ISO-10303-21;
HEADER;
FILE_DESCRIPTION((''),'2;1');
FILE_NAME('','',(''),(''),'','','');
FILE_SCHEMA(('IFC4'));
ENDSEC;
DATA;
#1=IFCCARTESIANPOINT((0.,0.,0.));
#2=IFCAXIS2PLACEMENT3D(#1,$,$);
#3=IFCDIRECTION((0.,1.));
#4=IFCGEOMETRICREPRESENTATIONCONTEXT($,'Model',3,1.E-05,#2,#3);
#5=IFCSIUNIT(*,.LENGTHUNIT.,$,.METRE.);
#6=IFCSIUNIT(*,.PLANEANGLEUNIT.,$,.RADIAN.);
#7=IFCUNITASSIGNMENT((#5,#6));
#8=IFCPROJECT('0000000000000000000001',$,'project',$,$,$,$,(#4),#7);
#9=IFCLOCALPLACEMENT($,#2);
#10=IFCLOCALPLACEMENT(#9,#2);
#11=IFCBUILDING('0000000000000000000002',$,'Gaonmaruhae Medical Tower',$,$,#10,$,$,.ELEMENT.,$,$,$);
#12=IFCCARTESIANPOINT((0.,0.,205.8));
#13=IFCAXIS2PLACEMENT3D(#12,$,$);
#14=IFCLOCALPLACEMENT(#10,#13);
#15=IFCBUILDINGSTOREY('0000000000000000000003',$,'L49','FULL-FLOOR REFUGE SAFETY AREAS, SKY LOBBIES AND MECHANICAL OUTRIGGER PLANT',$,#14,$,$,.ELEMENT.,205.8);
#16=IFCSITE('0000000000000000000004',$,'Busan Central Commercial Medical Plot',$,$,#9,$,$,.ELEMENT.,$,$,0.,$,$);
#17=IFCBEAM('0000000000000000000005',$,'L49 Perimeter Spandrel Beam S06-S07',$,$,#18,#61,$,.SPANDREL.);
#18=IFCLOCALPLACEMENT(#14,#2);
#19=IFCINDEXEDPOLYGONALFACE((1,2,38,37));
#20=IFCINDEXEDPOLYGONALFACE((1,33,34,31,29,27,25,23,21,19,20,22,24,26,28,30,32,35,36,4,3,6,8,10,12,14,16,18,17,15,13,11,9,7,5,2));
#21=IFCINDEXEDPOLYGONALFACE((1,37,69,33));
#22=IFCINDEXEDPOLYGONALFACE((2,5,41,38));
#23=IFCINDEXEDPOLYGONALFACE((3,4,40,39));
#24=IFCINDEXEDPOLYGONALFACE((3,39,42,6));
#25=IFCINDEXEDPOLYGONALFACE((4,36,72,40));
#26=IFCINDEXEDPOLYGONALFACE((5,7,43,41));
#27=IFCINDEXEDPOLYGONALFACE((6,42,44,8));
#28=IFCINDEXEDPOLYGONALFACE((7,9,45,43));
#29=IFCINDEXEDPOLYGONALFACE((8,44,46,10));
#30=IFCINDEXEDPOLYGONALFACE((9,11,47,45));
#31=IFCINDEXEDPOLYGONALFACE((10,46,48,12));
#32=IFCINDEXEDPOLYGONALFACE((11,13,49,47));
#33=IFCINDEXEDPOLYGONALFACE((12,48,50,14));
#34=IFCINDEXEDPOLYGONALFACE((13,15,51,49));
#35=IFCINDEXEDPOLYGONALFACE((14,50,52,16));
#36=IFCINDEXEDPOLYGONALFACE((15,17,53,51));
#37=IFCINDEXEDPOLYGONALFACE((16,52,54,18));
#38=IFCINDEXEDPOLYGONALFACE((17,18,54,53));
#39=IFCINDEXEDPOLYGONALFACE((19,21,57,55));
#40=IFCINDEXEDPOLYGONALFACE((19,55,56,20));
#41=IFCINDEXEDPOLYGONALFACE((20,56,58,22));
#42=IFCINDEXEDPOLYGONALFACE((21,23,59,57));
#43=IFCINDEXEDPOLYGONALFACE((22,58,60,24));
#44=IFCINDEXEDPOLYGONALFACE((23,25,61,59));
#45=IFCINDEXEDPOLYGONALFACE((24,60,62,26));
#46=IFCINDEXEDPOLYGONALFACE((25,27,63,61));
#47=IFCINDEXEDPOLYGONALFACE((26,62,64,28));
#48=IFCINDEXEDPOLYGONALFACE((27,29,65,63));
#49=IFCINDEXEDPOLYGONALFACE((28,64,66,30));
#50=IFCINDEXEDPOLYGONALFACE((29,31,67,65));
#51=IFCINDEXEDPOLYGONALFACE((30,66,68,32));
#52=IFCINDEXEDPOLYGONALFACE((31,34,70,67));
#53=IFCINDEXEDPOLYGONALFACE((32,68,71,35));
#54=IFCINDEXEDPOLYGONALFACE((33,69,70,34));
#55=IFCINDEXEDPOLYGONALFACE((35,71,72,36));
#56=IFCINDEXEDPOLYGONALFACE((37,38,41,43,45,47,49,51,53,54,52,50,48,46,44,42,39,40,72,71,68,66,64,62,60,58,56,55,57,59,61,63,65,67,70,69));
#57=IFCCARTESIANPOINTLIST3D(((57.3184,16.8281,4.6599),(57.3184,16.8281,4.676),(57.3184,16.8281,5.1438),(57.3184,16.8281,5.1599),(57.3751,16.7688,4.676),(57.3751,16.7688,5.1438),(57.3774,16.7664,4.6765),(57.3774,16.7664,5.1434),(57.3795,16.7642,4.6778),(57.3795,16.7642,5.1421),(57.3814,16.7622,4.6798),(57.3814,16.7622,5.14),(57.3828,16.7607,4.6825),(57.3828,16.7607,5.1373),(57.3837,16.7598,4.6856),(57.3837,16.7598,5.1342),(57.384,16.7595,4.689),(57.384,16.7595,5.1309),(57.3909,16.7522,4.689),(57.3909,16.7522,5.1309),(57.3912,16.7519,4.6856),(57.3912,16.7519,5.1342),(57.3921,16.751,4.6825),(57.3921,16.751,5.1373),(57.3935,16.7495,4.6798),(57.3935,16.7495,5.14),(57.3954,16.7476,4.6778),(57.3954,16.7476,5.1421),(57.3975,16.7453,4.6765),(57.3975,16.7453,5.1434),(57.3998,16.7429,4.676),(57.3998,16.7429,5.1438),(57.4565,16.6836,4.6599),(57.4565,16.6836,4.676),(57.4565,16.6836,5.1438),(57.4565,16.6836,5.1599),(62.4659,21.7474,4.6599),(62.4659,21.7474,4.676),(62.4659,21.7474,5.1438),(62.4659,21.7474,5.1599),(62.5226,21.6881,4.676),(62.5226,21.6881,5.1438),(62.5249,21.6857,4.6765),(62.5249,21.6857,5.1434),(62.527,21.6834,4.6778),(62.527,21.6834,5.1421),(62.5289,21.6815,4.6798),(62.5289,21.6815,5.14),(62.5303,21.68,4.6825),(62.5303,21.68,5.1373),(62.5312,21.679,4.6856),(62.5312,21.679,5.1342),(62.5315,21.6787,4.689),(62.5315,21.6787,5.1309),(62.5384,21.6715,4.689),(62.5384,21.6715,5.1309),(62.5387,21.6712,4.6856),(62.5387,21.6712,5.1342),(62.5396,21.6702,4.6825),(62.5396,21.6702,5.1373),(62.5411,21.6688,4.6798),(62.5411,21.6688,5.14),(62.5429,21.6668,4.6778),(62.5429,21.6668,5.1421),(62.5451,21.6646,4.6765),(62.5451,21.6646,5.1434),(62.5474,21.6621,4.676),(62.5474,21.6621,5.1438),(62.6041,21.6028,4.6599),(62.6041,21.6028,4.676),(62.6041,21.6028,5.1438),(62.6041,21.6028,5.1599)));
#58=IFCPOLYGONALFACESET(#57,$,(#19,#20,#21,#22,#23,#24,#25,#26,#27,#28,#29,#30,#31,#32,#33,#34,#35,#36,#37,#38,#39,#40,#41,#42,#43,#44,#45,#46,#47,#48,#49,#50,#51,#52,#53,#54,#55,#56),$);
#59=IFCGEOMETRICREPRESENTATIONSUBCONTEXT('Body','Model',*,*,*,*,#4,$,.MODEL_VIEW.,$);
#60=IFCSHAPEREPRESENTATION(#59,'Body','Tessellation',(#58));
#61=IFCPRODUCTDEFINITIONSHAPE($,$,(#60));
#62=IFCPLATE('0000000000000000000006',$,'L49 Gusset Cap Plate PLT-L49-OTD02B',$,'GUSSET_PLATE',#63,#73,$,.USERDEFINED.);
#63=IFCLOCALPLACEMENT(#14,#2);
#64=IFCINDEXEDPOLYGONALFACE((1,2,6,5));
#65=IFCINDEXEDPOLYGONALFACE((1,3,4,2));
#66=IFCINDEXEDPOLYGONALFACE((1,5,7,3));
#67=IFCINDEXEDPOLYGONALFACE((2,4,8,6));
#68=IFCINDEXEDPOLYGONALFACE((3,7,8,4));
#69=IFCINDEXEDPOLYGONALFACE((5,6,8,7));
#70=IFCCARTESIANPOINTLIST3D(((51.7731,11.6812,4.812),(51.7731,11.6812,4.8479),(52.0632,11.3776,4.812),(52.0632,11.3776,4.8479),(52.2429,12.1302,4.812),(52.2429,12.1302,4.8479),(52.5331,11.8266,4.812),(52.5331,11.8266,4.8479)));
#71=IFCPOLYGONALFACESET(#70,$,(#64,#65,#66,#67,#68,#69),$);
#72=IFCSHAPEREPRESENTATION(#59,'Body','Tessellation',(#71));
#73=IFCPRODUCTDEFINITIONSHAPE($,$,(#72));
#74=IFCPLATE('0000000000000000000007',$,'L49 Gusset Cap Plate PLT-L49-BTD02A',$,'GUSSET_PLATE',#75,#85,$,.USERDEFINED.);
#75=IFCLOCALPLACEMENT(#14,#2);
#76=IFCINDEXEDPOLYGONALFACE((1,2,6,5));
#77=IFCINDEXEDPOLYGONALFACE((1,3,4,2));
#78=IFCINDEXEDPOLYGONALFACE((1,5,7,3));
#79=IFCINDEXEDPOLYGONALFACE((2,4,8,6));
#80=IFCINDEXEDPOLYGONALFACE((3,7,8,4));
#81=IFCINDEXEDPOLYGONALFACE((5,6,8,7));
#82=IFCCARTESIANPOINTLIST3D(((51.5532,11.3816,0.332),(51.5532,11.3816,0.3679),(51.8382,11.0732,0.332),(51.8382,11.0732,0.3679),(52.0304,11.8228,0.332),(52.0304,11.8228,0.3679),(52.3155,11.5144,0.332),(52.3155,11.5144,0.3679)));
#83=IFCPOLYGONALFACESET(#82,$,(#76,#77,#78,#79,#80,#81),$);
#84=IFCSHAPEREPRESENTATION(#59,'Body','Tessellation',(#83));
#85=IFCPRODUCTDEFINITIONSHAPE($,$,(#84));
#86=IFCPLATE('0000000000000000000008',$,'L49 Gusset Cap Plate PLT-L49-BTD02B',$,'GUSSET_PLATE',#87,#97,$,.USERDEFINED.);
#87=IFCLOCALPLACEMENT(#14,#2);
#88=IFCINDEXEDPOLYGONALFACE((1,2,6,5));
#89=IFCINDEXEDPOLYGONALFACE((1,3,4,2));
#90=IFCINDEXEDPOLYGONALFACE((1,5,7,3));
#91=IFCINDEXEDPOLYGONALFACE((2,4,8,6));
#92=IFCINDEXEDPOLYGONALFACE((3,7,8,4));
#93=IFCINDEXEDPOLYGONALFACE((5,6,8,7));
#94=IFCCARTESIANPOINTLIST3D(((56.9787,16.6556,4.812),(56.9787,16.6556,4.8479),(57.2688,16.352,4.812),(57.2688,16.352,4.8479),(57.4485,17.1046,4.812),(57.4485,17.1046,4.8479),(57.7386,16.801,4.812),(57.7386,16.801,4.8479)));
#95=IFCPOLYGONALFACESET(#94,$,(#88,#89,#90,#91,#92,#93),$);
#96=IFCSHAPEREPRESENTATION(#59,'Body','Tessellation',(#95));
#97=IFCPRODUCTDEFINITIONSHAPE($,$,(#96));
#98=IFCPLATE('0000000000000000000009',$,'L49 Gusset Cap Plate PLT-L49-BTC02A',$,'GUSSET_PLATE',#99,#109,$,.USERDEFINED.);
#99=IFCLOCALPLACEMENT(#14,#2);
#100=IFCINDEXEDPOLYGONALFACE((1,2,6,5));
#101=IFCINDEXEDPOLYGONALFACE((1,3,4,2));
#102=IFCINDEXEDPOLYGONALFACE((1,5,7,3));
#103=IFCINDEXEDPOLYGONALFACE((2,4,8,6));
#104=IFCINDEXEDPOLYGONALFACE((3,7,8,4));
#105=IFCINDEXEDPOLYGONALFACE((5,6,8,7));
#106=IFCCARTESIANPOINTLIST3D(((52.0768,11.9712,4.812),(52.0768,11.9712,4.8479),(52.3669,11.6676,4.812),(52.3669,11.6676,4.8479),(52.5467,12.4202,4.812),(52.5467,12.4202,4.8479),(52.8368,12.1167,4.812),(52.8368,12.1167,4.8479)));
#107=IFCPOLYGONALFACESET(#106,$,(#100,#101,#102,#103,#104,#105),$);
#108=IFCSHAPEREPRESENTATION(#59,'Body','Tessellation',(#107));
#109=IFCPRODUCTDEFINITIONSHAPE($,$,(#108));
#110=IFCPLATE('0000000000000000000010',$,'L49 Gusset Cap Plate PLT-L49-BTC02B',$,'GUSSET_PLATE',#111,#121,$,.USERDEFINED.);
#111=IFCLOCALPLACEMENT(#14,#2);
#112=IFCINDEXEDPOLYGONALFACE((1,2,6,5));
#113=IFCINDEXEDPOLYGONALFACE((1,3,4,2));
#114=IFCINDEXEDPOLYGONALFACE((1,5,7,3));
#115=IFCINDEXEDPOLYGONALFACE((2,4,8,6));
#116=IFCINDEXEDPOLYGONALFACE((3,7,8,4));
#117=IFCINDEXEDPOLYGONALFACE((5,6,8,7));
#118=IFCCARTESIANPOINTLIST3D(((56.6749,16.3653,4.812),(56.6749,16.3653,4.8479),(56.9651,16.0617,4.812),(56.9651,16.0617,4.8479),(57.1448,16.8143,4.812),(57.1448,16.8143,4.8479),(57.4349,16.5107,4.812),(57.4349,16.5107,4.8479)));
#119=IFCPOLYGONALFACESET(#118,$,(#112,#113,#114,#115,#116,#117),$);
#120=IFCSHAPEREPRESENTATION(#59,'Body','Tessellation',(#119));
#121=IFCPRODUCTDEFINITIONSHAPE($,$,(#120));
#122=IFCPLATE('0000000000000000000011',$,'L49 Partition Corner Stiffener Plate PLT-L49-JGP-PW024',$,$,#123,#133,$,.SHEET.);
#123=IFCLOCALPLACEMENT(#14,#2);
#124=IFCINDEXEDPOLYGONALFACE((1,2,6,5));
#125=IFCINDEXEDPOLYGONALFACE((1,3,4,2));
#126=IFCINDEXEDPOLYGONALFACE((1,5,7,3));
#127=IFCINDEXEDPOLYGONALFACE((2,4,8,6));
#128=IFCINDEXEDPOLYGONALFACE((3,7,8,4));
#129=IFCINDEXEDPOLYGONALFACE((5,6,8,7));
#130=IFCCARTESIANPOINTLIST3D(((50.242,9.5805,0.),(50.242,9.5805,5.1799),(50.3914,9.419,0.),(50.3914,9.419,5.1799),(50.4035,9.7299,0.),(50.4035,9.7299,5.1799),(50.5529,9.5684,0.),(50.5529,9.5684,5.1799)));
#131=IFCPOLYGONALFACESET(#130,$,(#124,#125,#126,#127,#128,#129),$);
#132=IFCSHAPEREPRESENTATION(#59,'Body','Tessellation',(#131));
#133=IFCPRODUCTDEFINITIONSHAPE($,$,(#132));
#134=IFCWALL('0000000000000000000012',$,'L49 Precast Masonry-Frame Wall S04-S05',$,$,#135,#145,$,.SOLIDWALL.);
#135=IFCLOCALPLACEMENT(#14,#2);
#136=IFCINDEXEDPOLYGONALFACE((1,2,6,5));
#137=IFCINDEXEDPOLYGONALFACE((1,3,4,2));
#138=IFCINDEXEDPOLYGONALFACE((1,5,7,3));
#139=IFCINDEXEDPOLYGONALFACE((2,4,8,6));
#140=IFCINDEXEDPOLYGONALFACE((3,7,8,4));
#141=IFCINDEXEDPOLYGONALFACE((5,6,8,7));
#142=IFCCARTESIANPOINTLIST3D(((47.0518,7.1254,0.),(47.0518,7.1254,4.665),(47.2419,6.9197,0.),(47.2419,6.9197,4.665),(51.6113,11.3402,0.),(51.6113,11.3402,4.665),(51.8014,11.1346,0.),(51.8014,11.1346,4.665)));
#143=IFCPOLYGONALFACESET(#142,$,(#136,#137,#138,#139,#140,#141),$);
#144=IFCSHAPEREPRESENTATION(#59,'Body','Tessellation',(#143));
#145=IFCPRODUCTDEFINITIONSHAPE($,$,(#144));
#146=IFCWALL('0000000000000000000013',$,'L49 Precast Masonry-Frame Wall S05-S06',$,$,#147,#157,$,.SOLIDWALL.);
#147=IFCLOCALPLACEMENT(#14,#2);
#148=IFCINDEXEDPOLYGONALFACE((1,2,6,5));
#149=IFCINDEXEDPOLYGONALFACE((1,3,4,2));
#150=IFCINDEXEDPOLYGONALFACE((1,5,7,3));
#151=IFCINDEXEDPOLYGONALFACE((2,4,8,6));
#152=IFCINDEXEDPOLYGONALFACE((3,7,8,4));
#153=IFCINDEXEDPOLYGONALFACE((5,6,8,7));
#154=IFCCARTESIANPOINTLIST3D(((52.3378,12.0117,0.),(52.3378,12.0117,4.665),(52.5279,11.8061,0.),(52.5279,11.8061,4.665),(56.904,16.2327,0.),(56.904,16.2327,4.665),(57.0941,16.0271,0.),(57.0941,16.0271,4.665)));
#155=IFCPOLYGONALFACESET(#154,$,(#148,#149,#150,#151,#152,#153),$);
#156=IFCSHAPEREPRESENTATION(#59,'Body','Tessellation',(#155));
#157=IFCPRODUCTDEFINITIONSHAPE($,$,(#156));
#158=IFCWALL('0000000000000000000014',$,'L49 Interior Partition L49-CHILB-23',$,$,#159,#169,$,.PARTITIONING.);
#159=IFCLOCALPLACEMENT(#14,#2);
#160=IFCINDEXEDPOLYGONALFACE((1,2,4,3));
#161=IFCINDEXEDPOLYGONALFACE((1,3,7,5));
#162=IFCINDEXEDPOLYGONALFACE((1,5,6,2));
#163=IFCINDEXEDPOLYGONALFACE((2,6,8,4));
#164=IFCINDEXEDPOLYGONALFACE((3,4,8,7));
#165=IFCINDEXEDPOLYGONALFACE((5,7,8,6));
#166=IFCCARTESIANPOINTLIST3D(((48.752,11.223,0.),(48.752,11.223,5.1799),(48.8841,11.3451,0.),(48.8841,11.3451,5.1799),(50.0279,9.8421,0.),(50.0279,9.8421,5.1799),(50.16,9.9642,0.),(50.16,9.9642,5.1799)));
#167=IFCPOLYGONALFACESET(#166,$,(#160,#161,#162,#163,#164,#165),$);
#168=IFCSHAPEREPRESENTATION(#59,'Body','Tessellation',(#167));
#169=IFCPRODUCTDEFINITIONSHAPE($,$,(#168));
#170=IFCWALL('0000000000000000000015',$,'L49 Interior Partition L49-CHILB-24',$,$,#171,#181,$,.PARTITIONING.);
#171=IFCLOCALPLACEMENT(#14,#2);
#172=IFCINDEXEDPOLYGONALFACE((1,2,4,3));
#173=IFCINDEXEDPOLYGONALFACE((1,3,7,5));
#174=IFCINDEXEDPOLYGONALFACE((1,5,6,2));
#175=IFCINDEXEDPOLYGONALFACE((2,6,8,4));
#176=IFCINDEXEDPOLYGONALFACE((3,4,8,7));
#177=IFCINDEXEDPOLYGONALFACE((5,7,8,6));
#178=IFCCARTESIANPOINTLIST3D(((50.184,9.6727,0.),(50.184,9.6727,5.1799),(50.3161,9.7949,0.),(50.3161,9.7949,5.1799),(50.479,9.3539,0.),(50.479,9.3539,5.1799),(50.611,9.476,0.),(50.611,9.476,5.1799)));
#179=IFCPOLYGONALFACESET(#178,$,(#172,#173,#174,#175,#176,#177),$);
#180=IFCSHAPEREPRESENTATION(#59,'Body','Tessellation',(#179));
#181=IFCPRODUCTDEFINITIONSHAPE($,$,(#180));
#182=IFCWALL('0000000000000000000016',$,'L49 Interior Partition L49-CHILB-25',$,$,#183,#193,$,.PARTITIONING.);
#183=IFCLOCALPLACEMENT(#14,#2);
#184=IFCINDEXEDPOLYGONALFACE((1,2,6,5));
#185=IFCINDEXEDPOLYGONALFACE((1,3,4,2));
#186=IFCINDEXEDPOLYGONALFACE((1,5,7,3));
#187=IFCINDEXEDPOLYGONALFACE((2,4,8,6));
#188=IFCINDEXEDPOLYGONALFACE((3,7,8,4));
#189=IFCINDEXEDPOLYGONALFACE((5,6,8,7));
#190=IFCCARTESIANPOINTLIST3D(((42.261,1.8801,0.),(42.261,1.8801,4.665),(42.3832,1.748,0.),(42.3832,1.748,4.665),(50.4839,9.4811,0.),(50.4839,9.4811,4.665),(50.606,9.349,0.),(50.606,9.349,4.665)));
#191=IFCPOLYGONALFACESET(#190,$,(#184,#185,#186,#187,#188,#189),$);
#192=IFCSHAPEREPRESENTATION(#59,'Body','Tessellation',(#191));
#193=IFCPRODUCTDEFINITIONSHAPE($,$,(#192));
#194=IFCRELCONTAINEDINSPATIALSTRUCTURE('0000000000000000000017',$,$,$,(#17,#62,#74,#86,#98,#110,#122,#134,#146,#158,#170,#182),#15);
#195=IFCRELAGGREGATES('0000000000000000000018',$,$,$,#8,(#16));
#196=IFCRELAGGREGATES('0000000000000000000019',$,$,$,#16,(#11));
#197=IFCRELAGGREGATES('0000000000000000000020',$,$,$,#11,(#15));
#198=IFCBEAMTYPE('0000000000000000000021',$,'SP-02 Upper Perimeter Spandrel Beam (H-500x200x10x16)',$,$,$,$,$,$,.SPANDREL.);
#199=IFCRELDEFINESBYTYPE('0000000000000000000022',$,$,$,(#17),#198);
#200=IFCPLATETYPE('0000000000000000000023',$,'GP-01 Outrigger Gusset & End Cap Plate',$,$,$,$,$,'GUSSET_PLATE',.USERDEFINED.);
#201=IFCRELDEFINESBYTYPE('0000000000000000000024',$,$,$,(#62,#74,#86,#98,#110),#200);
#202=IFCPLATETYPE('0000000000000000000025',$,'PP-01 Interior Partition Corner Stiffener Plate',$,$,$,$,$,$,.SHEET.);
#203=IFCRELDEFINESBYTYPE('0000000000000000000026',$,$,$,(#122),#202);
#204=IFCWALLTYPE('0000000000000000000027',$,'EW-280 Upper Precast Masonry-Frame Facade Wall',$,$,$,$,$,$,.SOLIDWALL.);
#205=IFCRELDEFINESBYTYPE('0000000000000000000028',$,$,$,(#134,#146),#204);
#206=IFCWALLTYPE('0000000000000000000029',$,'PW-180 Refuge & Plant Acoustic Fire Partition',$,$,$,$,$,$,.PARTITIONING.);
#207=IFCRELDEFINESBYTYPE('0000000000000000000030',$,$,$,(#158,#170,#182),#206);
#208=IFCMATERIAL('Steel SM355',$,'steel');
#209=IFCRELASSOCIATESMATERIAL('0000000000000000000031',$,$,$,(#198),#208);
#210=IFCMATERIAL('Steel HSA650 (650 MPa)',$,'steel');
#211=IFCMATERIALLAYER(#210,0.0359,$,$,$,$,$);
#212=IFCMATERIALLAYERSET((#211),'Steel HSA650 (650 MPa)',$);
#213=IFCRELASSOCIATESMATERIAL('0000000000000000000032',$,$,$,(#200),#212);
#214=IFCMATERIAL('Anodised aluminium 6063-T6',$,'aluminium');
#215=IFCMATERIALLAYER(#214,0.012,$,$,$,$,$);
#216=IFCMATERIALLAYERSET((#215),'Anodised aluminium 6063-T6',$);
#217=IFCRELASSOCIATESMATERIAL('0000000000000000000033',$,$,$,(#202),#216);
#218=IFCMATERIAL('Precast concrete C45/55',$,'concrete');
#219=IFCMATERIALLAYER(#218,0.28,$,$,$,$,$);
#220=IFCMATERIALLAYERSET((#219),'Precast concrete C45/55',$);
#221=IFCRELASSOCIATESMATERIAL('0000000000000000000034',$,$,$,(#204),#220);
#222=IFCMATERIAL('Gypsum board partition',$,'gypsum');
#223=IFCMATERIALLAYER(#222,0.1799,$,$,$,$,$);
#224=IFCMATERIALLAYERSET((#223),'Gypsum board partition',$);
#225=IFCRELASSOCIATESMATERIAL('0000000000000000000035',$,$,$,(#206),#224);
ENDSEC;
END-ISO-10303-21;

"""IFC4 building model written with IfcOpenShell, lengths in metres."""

from ifc_helpers import new_model, si_unit, direction, frame, frame_2d, origin, origin_2d, place, context, subcontext, project, spatial, rectangle, i_section, extrude, material, layer, layer_set, material_profile, profile_set, type_object, element, save


model = new_model("IFC4")

# Units and contexts
model_context = context("Model", 3, precision=1e-05, world=origin(), true_north=direction((0.0, 1.0)))
body_context = subcontext(model_context, "Body", "Model", "MODEL_VIEW")
ifc_project = project(units=[si_unit("LENGTHUNIT", "METRE"), si_unit("PLANEANGLEUNIT", "RADIAN")], contexts=[model_context])

# Site, building, storey
site_placement = place(None, origin())
site = spatial("IfcSite", under=ifc_project, at=site_placement, Name="Busan Central Commercial Medical Plot", CompositionType="ELEMENT", RefElevation=0.0)
building_placement = place(site_placement, origin())
building = spatial("IfcBuilding", under=site, at=building_placement, Name="Gaonmaruhae Medical Tower", CompositionType="ELEMENT")
storey_placement = place(building_placement, frame((0.0, 0.0, 205.8)))
storey = spatial("IfcBuildingStorey", under=building, at=storey_placement, Name="L49", Description="FULL-FLOOR REFUGE SAFETY AREAS, SKY LOBBIES AND MECHANICAL OUTRIGGER PLANT", CompositionType="ELEMENT", Elevation=205.8)

# Shared definitions
ifc_material_1 = material(Name="Steel HSA650 (650 MPa)", Category="steel")

# Beam
ifc_material_2 = material(Name="Steel SM355", Category="steel")
ifc_material_profile_1 = material_profile(ifc_material_2, i_section(OverallWidth=0.2, OverallDepth=0.5, WebThickness=0.01, FlangeThickness=0.0161, FilletRadius=0.0129, at=origin_2d()), Name="H-500x200x10x16")
ifc_profile_set_1 = profile_set([ifc_material_profile_1], Name="Steel SM355")
beam_type = type_object("IfcBeamType", Name="SP-02 Upper Perimeter Spandrel Beam (H-500x200x10x16)", PredefinedType="SPANDREL", material=ifc_profile_set_1)
for number, where, z_axis, x_axis, name in (
    (1, (57.3875, 16.7559, 4.9099), (0.722955, 0.690895, 0.0), (-0.690895, 0.722955, 0.0), "L49 Perimeter Spandrel Beam S06-S07"),
):
    element("IfcBeam", number, at=place(storey_placement, frame(where, z_axis=z_axis, x_axis=x_axis)), inside=storey, type_object=beam_type, Name=name, PredefinedType="SPANDREL", context=body_context, shape_type="SweptSolid", body=[
        extrude(i_section(OverallWidth=0.2, OverallDepth=0.5, WebThickness=0.01, FlangeThickness=0.0161, FilletRadius=0.0129, at=origin_2d()), origin(), (0.0, 0.0, 1.0), 7.1201),
    ])

# Plates
ifc_layer_1 = layer(ifc_material_1, 0.0359)
ifc_layer_set_1 = layer_set([ifc_layer_1], Name="Steel HSA650 (650 MPa)")
plate_type_1 = type_object("IfcPlateType", Name="GP-01 Outrigger Gusset & End Cap Plate", ElementType="GUSSET_PLATE", PredefinedType="USERDEFINED", material=ifc_layer_set_1)
for number, where, z_axis, x_axis, name in (
    (2, (52.1531, 11.7539, 4.812), (0.0, 0.0, 1.0), (0.722967, 0.690882, 0.0), "L49 Gusset Cap Plate PLT-L49-OTD02B"),
    (3, (51.9343, 11.448, 0.332), (0.0, 0.0, 1.0), (0.734323, 0.678801, 0.0), "L49 Gusset Cap Plate PLT-L49-BTD02A"),
    (4, (57.3586, 16.7283, 4.812), (0.0, 0.0, 1.0), (0.722967, 0.690882, 0.0), "L49 Gusset Cap Plate PLT-L49-BTD02B"),
    (5, (52.4568, 12.0439, 4.812), (0.0, 0.0, 1.0), (0.722967, 0.690882, 0.0), "L49 Gusset Cap Plate PLT-L49-BTC02A"),
    (6, (57.0549, 16.438, 4.812), (0.0, 0.0, 1.0), (0.722967, 0.690882, 0.0), "L49 Gusset Cap Plate PLT-L49-BTC02B"),
):
    element("IfcPlate", number, at=place(storey_placement, frame(where, z_axis=z_axis, x_axis=x_axis)), inside=storey, type_object=plate_type_1, Name=name, ObjectType="GUSSET_PLATE", PredefinedType="USERDEFINED", context=body_context, shape_type="SweptSolid", body=[
        extrude(rectangle(XDim=0.6499, YDim=0.4199, at=origin_2d()), origin(), (0.0, 0.0, 1.0), 0.0359),
    ])
ifc_material_3 = material(Name="Anodised aluminium 6063-T6", Category="aluminium")
ifc_layer_2 = layer(ifc_material_3, 0.012)
ifc_layer_set_2 = layer_set([ifc_layer_2], Name="Anodised aluminium 6063-T6")
plate_type_2 = type_object("IfcPlateType", Name="PP-01 Interior Partition Corner Stiffener Plate", PredefinedType="SHEET", material=ifc_layer_set_2)
plate_placement = place(storey_placement, frame((50.3975, 9.5745, 0.0), z_axis=(0.0, 0.0, 1.0), x_axis=(0.678955, -0.73418, 0.0)))
element("IfcPlate", 7, at=plate_placement, inside=storey, type_object=plate_type_2, Name="L49 Partition Corner Stiffener Plate PLT-L49-JGP-PW024", PredefinedType="SHEET", context=body_context, shape_type="SweptSolid", body=[
    extrude(rectangle(XDim=0.22, YDim=0.22, at=origin_2d()), origin(), (0.0, 0.0, 1.0), 5.1799),
])

# Walls
ifc_material_4 = material(Name="Precast concrete C45/55", Category="concrete")
ifc_layer_3 = layer(ifc_material_4, 0.28)
ifc_layer_set_3 = layer_set([ifc_layer_3], Name="Precast concrete C45/55")
wall_type_1 = type_object("IfcWallType", Name="EW-280 Upper Precast Masonry-Frame Facade Wall", PredefinedType="SOLIDWALL", material=ifc_layer_set_3)
wall_1_placement = place(storey_placement, frame((51.7063, 11.2373, 0.0), z_axis=(0.0, 0.0, 1.0), x_axis=(-0.734321, -0.678803, 0.0)))
element("IfcWall", 8, at=wall_1_placement, inside=storey, type_object=wall_type_1, Name="L49 Precast Masonry-Frame Wall S04-S05", PredefinedType="SOLIDWALL", context=body_context, shape_type="SweptSolid", body=[
    extrude(rectangle(XDim=6.2092, YDim=0.28, at=frame_2d((3.1045, 0.0))), origin(), (0.0, 0.0, 1.0), 4.665),
])
wall_2_placement = place(storey_placement, frame((56.999, 16.1299, 0.0), z_axis=(0.0, 0.0, 1.0), x_axis=(-0.73432, -0.678803, 0.0)))
element("IfcWall", 9, at=wall_2_placement, inside=storey, type_object=wall_type_1, Name="L49 Precast Masonry-Frame Wall S05-S06", PredefinedType="SOLIDWALL", context=body_context, shape_type="SweptSolid", body=[
    extrude(rectangle(XDim=6.2183, YDim=0.28, at=frame_2d((3.1091, 0.0))), origin(), (0.0, 0.0, 1.0), 4.665),
])
ifc_material_5 = material(Name="Gypsum board partition", Category="gypsum")
ifc_layer_4 = layer(ifc_material_5, 0.1799)
ifc_layer_set_4 = layer_set([ifc_layer_4], Name="Gypsum board partition")
wall_type_2 = type_object("IfcWallType", Name="PW-180 Refuge & Plant Acoustic Fire Partition", PredefinedType="PARTITIONING", material=ifc_layer_set_4)
wall_3_placement = place(storey_placement, frame((48.8181, 11.2839, 0.0), z_axis=(0.0, 0.0, 1.0), x_axis=(0.678636, -0.734475, 0.0)))
element("IfcWall", 10, at=wall_3_placement, inside=storey, type_object=wall_type_2, Name="L49 Interior Partition L49-CHILB-23", PredefinedType="PARTITIONING", context=body_context, shape_type="SweptSolid", body=[
    extrude(rectangle(XDim=1.8801, YDim=0.1799, at=frame_2d((0.9399, 0.0))), origin(), (0.0, 0.0, 1.0), 5.1799),
])
wall_4_placement = place(storey_placement, frame((50.25, 9.7339, 0.0), z_axis=(0.0, 0.0, 1.0), x_axis=(0.679027, -0.734113, 0.0)))
element("IfcWall", 11, at=wall_4_placement, inside=storey, type_object=wall_type_2, Name="L49 Interior Partition L49-CHILB-24", PredefinedType="PARTITIONING", context=body_context, shape_type="SweptSolid", body=[
    extrude(rectangle(XDim=0.4343, YDim=0.1799, at=frame_2d((0.2173, 0.0))), origin(), (0.0, 0.0, 1.0), 5.1799),
])
wall_5_placement = place(storey_placement, frame((50.5449, 9.415, 0.0), z_axis=(0.0, 0.0, 1.0), x_axis=(-0.734327, -0.678796, 0.0)))
element("IfcWall", 12, at=wall_5_placement, inside=storey, type_object=wall_type_2, Name="L49 Interior Partition L49-CHILB-25", PredefinedType="PARTITIONING", context=body_context, shape_type="SweptSolid", body=[
    extrude(rectangle(XDim=11.1978, YDim=0.1799, at=frame_2d((5.5989, 0.0))), origin(), (0.0, 0.0, 1.0), 4.665),
])

save(model, "model.ifc")
